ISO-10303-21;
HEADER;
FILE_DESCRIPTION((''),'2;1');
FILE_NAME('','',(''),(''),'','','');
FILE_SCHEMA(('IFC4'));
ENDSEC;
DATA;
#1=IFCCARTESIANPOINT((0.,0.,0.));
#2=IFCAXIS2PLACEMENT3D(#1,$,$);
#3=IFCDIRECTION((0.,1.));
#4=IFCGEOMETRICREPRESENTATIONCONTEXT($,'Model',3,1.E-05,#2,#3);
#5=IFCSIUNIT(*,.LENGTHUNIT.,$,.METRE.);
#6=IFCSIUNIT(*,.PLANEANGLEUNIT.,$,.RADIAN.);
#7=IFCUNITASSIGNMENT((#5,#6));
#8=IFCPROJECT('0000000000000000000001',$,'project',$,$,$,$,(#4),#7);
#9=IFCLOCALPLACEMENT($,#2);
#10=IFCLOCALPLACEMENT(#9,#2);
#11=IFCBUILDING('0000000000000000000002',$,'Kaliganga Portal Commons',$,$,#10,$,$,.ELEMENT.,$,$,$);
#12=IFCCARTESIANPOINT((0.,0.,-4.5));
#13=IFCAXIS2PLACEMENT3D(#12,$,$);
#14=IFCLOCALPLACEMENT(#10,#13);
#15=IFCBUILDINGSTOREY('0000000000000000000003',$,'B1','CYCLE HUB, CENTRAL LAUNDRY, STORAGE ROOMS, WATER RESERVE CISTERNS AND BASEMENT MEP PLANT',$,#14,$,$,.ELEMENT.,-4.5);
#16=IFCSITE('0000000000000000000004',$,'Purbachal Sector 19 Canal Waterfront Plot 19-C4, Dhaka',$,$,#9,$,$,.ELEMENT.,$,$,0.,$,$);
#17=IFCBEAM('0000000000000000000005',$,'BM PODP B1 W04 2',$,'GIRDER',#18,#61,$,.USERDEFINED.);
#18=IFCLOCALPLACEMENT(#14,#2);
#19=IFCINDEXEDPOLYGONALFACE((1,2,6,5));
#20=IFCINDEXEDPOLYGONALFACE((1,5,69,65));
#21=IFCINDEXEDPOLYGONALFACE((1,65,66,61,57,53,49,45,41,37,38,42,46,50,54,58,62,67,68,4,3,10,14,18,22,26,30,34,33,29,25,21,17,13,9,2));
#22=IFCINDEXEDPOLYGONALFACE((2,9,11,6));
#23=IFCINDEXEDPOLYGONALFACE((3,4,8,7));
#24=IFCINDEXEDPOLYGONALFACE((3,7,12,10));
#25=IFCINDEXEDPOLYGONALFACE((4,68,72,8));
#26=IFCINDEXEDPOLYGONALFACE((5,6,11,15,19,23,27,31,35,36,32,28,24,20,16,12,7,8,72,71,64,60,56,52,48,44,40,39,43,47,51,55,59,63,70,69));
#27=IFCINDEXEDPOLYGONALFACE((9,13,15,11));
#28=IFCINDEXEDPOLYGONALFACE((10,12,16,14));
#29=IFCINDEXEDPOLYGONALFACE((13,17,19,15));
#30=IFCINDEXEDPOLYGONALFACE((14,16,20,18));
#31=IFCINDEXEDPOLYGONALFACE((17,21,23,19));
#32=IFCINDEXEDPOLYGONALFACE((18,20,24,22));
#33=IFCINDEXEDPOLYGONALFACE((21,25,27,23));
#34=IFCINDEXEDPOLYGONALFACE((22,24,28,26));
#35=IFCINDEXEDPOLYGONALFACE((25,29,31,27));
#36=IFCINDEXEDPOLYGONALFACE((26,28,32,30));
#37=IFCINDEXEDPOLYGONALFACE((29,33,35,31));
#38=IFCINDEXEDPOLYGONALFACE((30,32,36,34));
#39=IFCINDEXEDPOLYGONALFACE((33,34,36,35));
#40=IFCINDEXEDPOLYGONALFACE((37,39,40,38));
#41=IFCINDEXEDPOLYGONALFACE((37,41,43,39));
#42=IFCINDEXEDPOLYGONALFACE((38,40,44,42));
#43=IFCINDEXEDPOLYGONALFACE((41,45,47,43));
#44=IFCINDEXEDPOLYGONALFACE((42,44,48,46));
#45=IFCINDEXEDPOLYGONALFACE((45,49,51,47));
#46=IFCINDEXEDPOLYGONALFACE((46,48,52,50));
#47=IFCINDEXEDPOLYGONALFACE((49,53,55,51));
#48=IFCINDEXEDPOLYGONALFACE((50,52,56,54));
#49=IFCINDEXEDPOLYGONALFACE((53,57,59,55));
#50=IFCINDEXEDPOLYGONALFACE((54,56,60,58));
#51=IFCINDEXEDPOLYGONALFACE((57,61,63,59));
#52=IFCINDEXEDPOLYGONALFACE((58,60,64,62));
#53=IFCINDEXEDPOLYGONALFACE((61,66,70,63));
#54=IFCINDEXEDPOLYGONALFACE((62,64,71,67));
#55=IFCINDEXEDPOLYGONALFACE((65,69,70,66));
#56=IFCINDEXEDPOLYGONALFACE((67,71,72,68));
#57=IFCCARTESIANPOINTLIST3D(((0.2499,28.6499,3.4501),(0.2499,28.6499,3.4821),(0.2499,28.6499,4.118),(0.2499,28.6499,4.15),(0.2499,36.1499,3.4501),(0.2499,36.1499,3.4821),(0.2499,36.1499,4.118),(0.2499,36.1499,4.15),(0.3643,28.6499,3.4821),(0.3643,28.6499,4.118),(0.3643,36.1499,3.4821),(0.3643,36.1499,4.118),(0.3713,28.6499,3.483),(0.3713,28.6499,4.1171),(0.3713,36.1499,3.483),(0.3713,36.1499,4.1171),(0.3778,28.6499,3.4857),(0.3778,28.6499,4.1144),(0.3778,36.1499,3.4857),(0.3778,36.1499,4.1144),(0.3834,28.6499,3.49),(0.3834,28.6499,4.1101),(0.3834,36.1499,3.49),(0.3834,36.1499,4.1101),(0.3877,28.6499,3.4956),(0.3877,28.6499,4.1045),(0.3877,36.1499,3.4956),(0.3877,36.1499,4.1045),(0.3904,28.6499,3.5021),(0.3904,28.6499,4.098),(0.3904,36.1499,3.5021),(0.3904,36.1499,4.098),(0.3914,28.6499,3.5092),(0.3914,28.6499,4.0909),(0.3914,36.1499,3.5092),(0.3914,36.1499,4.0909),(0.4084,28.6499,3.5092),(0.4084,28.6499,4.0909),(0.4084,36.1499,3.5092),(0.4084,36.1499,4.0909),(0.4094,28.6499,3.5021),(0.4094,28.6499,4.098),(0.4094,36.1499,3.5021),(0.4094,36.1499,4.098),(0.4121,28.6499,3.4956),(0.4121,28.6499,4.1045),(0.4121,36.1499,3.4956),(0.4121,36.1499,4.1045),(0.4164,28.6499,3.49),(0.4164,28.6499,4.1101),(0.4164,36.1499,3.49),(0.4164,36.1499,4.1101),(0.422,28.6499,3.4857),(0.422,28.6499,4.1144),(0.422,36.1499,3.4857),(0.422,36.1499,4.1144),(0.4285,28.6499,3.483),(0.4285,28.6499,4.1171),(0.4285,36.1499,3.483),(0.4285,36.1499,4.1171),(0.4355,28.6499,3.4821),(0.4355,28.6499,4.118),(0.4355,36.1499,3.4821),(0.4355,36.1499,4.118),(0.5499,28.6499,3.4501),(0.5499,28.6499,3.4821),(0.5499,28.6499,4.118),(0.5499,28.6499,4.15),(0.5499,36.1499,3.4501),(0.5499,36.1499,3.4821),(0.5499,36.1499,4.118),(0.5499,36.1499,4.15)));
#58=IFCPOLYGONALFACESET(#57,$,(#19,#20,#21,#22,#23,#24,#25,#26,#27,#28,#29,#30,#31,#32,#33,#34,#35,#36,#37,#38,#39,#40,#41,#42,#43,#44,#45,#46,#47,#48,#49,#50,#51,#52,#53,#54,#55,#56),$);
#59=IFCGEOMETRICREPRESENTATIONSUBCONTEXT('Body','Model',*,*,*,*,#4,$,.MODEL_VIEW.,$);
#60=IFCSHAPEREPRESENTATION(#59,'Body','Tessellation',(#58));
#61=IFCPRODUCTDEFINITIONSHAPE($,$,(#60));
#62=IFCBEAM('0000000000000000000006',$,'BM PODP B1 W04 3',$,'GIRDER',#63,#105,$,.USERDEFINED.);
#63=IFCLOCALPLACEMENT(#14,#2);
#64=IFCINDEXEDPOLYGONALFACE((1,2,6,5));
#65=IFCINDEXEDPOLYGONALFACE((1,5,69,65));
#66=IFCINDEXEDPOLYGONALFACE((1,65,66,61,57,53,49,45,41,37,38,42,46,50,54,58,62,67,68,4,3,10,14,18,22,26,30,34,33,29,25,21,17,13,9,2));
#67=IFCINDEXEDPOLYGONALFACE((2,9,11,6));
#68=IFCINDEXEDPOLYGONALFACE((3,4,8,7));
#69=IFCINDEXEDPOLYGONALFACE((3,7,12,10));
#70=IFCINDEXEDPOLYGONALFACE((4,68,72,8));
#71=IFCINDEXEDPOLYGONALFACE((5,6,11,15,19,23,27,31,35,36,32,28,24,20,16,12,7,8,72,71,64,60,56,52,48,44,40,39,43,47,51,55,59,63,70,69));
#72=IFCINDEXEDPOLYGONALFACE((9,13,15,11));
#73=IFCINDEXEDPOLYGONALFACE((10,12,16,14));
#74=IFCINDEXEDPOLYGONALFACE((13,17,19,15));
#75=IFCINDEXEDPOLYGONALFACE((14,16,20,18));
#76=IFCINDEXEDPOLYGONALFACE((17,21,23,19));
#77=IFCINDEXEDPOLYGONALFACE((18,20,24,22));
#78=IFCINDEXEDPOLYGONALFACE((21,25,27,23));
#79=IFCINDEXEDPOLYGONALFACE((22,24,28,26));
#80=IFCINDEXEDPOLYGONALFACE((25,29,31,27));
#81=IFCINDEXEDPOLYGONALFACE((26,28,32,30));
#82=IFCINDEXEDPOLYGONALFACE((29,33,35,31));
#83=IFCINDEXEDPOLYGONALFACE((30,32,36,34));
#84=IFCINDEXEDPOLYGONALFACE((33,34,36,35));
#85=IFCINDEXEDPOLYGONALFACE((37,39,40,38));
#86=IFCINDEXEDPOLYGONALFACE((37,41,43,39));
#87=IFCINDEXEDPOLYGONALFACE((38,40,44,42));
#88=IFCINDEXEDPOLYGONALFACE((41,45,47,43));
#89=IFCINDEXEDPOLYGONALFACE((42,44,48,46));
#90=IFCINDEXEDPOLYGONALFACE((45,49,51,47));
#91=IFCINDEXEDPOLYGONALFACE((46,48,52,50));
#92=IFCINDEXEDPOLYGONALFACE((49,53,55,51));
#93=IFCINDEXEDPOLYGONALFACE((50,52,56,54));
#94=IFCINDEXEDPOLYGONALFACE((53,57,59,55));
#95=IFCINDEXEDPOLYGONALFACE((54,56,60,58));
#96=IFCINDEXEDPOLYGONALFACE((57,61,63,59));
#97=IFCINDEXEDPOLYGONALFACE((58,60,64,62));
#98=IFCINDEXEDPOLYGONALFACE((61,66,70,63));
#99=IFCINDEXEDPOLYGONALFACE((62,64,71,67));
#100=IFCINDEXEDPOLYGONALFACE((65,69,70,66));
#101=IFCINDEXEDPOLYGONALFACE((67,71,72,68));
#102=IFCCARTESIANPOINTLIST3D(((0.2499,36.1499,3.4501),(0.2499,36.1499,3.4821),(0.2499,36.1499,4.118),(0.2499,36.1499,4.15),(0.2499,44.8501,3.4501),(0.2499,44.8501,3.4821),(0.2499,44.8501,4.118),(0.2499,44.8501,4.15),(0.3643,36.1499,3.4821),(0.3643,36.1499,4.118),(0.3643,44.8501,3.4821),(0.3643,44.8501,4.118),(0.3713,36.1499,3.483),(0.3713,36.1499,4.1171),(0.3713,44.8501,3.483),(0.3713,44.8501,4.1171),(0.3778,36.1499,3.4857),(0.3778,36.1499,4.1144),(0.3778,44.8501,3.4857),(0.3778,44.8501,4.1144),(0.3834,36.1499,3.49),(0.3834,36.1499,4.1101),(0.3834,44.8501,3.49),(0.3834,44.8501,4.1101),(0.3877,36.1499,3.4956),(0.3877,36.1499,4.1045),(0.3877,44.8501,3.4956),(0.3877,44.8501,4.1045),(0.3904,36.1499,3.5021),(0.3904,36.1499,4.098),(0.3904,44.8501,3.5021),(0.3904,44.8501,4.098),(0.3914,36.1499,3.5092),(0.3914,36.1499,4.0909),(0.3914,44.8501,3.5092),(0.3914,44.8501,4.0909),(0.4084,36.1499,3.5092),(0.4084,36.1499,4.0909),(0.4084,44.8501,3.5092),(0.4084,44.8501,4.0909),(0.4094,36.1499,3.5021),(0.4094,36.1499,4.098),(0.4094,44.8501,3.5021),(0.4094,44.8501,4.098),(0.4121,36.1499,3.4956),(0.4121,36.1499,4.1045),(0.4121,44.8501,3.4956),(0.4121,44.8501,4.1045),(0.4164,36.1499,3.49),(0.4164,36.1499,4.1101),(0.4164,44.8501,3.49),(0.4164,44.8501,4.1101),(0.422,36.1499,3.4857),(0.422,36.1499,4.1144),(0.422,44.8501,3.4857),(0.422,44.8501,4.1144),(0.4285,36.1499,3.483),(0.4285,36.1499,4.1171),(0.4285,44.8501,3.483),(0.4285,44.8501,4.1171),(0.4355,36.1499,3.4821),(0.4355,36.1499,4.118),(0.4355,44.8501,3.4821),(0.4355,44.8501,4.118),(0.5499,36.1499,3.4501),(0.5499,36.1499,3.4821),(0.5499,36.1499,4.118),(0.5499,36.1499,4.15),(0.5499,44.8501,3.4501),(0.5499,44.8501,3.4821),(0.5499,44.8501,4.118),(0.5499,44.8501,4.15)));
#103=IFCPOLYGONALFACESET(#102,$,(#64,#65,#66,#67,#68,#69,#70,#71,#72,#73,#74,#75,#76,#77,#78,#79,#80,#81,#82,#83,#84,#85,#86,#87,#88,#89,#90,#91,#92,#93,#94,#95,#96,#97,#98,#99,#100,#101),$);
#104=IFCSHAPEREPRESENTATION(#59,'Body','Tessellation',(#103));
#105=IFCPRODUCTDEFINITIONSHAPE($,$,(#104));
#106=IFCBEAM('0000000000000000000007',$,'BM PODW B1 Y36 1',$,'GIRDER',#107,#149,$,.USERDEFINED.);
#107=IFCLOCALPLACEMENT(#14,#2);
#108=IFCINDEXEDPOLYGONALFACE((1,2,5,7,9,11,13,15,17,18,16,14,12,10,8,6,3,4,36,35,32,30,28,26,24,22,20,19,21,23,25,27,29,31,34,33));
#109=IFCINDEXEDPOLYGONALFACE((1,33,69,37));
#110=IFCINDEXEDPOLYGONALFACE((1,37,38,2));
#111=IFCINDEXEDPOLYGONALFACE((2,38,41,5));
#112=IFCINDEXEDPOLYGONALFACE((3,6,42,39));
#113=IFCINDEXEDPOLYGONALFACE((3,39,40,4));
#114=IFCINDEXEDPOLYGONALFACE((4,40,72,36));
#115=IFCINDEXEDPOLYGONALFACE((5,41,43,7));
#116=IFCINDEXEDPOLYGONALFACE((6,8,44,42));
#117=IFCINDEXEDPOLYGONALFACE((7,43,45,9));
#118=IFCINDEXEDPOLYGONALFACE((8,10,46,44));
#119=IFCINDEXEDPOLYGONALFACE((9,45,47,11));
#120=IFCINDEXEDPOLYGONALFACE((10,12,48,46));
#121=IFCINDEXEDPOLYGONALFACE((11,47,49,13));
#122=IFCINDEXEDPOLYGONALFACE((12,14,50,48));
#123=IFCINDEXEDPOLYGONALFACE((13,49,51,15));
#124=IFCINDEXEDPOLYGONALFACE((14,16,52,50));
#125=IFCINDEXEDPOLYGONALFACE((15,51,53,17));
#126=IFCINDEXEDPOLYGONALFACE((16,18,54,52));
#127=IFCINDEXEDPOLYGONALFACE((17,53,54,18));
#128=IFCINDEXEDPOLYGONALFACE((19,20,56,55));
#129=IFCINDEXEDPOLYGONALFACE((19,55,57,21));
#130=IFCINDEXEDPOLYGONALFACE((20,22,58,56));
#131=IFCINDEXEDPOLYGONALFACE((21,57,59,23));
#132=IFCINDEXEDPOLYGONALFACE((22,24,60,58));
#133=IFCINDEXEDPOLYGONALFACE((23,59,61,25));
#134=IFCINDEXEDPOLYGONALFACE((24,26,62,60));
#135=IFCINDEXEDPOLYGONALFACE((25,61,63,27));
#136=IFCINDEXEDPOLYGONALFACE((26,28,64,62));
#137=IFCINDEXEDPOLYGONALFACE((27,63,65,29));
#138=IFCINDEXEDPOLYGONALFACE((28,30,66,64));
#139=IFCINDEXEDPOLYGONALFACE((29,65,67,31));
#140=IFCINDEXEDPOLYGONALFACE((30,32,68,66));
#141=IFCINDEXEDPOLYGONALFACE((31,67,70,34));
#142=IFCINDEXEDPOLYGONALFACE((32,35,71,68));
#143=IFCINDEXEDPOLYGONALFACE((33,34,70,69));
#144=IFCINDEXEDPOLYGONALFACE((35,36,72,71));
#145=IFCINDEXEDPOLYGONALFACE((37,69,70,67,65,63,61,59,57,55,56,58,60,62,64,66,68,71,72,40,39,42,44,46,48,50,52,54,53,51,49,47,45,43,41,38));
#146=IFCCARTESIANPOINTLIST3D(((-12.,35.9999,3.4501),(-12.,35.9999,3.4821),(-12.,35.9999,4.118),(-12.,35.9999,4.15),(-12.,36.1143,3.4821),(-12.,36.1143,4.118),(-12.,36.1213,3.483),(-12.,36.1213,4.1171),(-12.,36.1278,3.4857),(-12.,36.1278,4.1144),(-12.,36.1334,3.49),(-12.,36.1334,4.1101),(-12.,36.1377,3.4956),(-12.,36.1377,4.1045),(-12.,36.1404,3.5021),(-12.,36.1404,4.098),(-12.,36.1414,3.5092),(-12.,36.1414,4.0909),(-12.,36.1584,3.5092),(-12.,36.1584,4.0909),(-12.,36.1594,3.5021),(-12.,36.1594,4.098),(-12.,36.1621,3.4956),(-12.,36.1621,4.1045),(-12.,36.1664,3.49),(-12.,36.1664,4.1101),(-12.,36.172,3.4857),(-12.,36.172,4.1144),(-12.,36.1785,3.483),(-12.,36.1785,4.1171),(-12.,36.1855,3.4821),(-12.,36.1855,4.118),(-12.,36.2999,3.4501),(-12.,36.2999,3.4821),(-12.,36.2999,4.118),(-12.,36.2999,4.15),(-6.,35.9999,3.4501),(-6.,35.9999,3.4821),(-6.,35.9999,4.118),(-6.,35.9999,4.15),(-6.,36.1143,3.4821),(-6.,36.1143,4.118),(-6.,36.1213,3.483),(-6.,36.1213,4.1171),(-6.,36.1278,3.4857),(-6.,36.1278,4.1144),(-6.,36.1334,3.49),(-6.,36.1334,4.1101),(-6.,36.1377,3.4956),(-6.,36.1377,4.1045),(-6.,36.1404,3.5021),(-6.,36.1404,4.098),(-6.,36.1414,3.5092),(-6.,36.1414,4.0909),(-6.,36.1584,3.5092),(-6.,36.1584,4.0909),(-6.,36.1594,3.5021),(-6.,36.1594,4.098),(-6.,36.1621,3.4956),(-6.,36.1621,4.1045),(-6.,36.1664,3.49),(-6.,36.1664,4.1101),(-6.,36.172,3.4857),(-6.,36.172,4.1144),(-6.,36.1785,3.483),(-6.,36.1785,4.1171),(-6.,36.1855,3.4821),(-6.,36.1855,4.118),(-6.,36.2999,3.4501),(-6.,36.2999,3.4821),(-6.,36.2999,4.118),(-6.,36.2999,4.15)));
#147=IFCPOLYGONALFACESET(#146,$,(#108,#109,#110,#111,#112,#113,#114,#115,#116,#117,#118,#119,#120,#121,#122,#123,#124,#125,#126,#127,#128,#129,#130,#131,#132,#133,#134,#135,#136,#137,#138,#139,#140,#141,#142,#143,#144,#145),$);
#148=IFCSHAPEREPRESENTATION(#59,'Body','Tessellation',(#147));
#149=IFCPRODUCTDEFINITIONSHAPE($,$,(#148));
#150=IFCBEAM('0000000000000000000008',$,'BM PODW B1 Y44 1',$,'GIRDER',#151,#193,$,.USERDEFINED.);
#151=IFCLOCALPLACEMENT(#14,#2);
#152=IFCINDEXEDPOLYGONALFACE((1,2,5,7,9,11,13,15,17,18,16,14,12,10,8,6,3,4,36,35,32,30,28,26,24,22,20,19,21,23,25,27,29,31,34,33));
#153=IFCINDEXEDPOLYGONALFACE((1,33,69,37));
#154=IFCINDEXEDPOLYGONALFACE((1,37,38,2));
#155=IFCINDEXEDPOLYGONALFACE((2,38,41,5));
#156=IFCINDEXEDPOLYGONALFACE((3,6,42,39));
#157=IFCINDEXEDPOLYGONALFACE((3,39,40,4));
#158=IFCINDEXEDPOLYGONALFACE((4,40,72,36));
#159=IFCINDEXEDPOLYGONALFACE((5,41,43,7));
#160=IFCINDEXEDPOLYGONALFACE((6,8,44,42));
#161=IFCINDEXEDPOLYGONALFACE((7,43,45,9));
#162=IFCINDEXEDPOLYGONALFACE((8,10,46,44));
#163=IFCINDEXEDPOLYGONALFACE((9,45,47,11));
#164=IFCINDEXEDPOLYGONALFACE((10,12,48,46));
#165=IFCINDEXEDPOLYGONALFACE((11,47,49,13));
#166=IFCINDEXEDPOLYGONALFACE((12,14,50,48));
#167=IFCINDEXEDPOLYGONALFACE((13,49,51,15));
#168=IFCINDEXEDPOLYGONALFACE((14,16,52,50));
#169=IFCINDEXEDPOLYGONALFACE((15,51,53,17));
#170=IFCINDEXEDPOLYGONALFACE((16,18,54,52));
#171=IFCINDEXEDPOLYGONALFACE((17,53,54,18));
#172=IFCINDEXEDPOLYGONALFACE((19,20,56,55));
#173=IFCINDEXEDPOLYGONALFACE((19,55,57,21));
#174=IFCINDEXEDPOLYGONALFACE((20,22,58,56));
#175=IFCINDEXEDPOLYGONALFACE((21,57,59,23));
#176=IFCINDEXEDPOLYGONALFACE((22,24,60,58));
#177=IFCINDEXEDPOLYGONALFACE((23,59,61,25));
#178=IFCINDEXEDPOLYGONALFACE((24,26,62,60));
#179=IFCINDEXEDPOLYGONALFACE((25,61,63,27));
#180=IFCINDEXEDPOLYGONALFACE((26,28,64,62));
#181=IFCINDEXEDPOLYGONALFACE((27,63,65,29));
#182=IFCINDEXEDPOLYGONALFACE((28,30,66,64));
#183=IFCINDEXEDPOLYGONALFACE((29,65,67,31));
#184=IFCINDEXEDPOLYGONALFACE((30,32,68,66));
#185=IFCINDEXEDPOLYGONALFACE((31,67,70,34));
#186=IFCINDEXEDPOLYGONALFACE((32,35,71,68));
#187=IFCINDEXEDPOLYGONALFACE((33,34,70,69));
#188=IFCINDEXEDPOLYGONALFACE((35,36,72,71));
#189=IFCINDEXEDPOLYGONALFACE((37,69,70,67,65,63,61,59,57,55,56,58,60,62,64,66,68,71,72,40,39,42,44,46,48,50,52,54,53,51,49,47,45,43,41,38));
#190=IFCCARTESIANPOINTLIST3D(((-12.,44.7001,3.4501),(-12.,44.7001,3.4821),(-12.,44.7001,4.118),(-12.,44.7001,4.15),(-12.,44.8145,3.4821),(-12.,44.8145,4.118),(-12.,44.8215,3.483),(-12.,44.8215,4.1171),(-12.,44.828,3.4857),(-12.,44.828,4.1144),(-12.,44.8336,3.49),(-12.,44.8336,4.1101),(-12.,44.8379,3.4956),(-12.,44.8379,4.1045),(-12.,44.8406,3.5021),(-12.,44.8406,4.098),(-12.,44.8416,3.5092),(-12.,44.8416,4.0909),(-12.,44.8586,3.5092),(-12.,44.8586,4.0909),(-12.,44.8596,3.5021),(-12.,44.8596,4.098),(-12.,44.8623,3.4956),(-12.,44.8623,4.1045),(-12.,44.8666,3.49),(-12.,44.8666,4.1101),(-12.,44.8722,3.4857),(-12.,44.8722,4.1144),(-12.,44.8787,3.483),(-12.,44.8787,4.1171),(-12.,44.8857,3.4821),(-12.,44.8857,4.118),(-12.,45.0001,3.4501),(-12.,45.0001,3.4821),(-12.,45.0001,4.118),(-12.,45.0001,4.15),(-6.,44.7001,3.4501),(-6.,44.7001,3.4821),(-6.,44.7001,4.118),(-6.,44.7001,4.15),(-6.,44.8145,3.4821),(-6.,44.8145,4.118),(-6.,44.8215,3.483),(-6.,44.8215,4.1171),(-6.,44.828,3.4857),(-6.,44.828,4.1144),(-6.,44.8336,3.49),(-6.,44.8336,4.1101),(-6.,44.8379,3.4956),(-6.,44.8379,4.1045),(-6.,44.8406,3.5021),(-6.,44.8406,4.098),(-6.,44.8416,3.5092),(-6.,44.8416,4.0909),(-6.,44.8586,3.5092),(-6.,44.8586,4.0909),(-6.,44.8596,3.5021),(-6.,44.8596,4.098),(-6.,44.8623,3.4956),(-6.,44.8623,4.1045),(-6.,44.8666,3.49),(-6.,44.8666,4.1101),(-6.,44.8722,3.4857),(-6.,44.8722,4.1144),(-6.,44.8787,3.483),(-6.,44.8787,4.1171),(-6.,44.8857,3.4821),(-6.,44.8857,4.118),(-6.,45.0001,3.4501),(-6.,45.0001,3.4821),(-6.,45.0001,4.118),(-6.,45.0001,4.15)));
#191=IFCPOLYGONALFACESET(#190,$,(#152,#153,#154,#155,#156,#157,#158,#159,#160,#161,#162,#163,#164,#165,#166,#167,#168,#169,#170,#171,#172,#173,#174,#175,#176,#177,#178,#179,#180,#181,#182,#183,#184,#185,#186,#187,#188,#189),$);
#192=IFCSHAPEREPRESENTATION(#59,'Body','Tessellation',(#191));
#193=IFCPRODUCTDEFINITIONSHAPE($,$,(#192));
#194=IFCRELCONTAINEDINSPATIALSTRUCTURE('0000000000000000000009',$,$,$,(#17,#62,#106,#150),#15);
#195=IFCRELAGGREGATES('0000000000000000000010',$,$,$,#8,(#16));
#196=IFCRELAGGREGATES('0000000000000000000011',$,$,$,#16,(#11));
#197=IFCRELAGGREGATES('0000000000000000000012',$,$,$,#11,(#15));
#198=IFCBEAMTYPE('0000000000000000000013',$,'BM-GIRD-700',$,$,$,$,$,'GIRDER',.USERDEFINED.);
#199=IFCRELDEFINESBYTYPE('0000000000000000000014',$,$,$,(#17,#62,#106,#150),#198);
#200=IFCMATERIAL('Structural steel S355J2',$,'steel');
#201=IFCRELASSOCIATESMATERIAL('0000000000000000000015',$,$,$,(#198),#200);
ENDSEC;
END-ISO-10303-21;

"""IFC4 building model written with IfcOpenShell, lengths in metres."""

from ifc_helpers import new_model, si_unit, direction, frame, origin, origin_2d, place, context, subcontext, project, spatial, i_section, extrude, source, transform, mapped, material, material_profile, profile_set, type_object, element, save


model = new_model("IFC4")

# Units and contexts
model_context = context("Model", 3, precision=1e-05, world=origin(), true_north=direction((0.0, 1.0)))
body_context = subcontext(model_context, "Body", "Model", "MODEL_VIEW")
ifc_project = project(units=[si_unit("LENGTHUNIT", "METRE"), si_unit("PLANEANGLEUNIT", "RADIAN")], contexts=[model_context])

# Site, building, storey
site_placement = place(None, origin())
site = spatial("IfcSite", under=ifc_project, at=site_placement, Name="Purbachal Sector 19 Canal Waterfront Plot 19-C4, Dhaka", CompositionType="ELEMENT", RefElevation=0.0)
building_placement = place(site_placement, origin())
building = spatial("IfcBuilding", under=site, at=building_placement, Name="Kaliganga Portal Commons", CompositionType="ELEMENT")
storey_placement = place(building_placement, frame((0.0, 0.0, -4.5)))
storey = spatial("IfcBuildingStorey", under=building, at=storey_placement, Name="B1", Description="CYCLE HUB, CENTRAL LAUNDRY, STORAGE ROOMS, WATER RESERVE CISTERNS AND BASEMENT MEP PLANT", CompositionType="ELEMENT", Elevation=-4.5)

# Beams
ifc_material_1 = material(Name="Structural steel S355J2", Category="steel")
ifc_material_profile_1 = material_profile(ifc_material_1, i_section(OverallWidth=0.3, OverallDepth=0.7, WebThickness=0.0171, FlangeThickness=0.032, FilletRadius=0.0271, at=origin_2d()), Name="HE 700 B")
ifc_profile_set_1 = profile_set([ifc_material_profile_1], Name="Structural steel S355J2 wide-flange")
beam_type_1 = type_object("IfcBeamType", Name="BM-GIRD-700", ElementType="GIRDER", PredefinedType="USERDEFINED", material=ifc_profile_set_1)
shared_shape_1 = source(origin(), body_context, "Body", "SweptSolid", [
    extrude(i_section(OverallWidth=0.3, OverallDepth=0.7, WebThickness=0.0171, FlangeThickness=0.032, FilletRadius=0.0271, at=origin_2d()), origin(), (0.0, 0.0, 1.0), 7.5),
])
beam_1_placement = place(storey_placement, frame((0.3999, 28.6499, 3.8), z_axis=(0.0, 1.0, 0.0), x_axis=(-1.0, 0.0, 0.0)))
element("IfcBeam", 1, at=beam_1_placement, inside=storey, type_object=beam_type_1, Name="BM PODP B1 W04 2", ObjectType="GIRDER", PredefinedType="USERDEFINED", context=body_context, shape_type="MappedRepresentation", body=[
    mapped(shared_shape_1, transform((0.0, 0.0, 0.0), x_axis=(1.0, 0.0, 0.0), y_axis=(0.0, 1.0, 0.0), z_axis=(0.0, 0.0, 1.0), scale=1.0)),
])
shared_shape_2 = source(origin(), body_context, "Body", "SweptSolid", [
    extrude(i_section(OverallWidth=0.3, OverallDepth=0.7, WebThickness=0.0171, FlangeThickness=0.032, FilletRadius=0.0271, at=origin_2d()), origin(), (0.0, 0.0, 1.0), 8.7002),
])
beam_2_placement = place(storey_placement, frame((0.3999, 36.1499, 3.8), z_axis=(0.0, 1.0, 0.0), x_axis=(-1.0, 0.0, 0.0)))
element("IfcBeam", 2, at=beam_2_placement, inside=storey, type_object=beam_type_1, Name="BM PODP B1 W04 3", ObjectType="GIRDER", PredefinedType="USERDEFINED", context=body_context, shape_type="MappedRepresentation", body=[
    mapped(shared_shape_2, transform((0.0, 0.0, 0.0), x_axis=(1.0, 0.0, 0.0), y_axis=(0.0, 1.0, 0.0), z_axis=(0.0, 0.0, 1.0), scale=1.0)),
])
shared_shape_3 = source(origin(), body_context, "Body", "SweptSolid", [
    extrude(i_section(OverallWidth=0.3, OverallDepth=0.7, WebThickness=0.0171, FlangeThickness=0.032, FilletRadius=0.0271, at=origin_2d()), origin(), (0.0, 0.0, 1.0), 6.0),
])
for number, where, z_axis, x_axis, name in (
    (3, (-12.0, 36.1499, 3.8), (1.0, 0.0, 0.0), (0.0, 1.0, 0.0), "BM PODW B1 Y36 1"),
    (4, (-12.0, 44.8501, 3.8), (1.0, 0.0, 0.0), (0.0, 1.0, 0.0), "BM PODW B1 Y44 1"),
):
    element("IfcBeam", number, at=place(storey_placement, frame(where, z_axis=z_axis, x_axis=x_axis)), inside=storey, type_object=beam_type_1, Name=name, ObjectType="GIRDER", PredefinedType="USERDEFINED", context=body_context, shape_type="MappedRepresentation", body=[
        mapped(shared_shape_3, transform((0.0, 0.0, 0.0), x_axis=(1.0, 0.0, 0.0), y_axis=(0.0, 1.0, 0.0), z_axis=(0.0, 0.0, 1.0), scale=1.0)),
    ])

save(model, "model.ifc")
